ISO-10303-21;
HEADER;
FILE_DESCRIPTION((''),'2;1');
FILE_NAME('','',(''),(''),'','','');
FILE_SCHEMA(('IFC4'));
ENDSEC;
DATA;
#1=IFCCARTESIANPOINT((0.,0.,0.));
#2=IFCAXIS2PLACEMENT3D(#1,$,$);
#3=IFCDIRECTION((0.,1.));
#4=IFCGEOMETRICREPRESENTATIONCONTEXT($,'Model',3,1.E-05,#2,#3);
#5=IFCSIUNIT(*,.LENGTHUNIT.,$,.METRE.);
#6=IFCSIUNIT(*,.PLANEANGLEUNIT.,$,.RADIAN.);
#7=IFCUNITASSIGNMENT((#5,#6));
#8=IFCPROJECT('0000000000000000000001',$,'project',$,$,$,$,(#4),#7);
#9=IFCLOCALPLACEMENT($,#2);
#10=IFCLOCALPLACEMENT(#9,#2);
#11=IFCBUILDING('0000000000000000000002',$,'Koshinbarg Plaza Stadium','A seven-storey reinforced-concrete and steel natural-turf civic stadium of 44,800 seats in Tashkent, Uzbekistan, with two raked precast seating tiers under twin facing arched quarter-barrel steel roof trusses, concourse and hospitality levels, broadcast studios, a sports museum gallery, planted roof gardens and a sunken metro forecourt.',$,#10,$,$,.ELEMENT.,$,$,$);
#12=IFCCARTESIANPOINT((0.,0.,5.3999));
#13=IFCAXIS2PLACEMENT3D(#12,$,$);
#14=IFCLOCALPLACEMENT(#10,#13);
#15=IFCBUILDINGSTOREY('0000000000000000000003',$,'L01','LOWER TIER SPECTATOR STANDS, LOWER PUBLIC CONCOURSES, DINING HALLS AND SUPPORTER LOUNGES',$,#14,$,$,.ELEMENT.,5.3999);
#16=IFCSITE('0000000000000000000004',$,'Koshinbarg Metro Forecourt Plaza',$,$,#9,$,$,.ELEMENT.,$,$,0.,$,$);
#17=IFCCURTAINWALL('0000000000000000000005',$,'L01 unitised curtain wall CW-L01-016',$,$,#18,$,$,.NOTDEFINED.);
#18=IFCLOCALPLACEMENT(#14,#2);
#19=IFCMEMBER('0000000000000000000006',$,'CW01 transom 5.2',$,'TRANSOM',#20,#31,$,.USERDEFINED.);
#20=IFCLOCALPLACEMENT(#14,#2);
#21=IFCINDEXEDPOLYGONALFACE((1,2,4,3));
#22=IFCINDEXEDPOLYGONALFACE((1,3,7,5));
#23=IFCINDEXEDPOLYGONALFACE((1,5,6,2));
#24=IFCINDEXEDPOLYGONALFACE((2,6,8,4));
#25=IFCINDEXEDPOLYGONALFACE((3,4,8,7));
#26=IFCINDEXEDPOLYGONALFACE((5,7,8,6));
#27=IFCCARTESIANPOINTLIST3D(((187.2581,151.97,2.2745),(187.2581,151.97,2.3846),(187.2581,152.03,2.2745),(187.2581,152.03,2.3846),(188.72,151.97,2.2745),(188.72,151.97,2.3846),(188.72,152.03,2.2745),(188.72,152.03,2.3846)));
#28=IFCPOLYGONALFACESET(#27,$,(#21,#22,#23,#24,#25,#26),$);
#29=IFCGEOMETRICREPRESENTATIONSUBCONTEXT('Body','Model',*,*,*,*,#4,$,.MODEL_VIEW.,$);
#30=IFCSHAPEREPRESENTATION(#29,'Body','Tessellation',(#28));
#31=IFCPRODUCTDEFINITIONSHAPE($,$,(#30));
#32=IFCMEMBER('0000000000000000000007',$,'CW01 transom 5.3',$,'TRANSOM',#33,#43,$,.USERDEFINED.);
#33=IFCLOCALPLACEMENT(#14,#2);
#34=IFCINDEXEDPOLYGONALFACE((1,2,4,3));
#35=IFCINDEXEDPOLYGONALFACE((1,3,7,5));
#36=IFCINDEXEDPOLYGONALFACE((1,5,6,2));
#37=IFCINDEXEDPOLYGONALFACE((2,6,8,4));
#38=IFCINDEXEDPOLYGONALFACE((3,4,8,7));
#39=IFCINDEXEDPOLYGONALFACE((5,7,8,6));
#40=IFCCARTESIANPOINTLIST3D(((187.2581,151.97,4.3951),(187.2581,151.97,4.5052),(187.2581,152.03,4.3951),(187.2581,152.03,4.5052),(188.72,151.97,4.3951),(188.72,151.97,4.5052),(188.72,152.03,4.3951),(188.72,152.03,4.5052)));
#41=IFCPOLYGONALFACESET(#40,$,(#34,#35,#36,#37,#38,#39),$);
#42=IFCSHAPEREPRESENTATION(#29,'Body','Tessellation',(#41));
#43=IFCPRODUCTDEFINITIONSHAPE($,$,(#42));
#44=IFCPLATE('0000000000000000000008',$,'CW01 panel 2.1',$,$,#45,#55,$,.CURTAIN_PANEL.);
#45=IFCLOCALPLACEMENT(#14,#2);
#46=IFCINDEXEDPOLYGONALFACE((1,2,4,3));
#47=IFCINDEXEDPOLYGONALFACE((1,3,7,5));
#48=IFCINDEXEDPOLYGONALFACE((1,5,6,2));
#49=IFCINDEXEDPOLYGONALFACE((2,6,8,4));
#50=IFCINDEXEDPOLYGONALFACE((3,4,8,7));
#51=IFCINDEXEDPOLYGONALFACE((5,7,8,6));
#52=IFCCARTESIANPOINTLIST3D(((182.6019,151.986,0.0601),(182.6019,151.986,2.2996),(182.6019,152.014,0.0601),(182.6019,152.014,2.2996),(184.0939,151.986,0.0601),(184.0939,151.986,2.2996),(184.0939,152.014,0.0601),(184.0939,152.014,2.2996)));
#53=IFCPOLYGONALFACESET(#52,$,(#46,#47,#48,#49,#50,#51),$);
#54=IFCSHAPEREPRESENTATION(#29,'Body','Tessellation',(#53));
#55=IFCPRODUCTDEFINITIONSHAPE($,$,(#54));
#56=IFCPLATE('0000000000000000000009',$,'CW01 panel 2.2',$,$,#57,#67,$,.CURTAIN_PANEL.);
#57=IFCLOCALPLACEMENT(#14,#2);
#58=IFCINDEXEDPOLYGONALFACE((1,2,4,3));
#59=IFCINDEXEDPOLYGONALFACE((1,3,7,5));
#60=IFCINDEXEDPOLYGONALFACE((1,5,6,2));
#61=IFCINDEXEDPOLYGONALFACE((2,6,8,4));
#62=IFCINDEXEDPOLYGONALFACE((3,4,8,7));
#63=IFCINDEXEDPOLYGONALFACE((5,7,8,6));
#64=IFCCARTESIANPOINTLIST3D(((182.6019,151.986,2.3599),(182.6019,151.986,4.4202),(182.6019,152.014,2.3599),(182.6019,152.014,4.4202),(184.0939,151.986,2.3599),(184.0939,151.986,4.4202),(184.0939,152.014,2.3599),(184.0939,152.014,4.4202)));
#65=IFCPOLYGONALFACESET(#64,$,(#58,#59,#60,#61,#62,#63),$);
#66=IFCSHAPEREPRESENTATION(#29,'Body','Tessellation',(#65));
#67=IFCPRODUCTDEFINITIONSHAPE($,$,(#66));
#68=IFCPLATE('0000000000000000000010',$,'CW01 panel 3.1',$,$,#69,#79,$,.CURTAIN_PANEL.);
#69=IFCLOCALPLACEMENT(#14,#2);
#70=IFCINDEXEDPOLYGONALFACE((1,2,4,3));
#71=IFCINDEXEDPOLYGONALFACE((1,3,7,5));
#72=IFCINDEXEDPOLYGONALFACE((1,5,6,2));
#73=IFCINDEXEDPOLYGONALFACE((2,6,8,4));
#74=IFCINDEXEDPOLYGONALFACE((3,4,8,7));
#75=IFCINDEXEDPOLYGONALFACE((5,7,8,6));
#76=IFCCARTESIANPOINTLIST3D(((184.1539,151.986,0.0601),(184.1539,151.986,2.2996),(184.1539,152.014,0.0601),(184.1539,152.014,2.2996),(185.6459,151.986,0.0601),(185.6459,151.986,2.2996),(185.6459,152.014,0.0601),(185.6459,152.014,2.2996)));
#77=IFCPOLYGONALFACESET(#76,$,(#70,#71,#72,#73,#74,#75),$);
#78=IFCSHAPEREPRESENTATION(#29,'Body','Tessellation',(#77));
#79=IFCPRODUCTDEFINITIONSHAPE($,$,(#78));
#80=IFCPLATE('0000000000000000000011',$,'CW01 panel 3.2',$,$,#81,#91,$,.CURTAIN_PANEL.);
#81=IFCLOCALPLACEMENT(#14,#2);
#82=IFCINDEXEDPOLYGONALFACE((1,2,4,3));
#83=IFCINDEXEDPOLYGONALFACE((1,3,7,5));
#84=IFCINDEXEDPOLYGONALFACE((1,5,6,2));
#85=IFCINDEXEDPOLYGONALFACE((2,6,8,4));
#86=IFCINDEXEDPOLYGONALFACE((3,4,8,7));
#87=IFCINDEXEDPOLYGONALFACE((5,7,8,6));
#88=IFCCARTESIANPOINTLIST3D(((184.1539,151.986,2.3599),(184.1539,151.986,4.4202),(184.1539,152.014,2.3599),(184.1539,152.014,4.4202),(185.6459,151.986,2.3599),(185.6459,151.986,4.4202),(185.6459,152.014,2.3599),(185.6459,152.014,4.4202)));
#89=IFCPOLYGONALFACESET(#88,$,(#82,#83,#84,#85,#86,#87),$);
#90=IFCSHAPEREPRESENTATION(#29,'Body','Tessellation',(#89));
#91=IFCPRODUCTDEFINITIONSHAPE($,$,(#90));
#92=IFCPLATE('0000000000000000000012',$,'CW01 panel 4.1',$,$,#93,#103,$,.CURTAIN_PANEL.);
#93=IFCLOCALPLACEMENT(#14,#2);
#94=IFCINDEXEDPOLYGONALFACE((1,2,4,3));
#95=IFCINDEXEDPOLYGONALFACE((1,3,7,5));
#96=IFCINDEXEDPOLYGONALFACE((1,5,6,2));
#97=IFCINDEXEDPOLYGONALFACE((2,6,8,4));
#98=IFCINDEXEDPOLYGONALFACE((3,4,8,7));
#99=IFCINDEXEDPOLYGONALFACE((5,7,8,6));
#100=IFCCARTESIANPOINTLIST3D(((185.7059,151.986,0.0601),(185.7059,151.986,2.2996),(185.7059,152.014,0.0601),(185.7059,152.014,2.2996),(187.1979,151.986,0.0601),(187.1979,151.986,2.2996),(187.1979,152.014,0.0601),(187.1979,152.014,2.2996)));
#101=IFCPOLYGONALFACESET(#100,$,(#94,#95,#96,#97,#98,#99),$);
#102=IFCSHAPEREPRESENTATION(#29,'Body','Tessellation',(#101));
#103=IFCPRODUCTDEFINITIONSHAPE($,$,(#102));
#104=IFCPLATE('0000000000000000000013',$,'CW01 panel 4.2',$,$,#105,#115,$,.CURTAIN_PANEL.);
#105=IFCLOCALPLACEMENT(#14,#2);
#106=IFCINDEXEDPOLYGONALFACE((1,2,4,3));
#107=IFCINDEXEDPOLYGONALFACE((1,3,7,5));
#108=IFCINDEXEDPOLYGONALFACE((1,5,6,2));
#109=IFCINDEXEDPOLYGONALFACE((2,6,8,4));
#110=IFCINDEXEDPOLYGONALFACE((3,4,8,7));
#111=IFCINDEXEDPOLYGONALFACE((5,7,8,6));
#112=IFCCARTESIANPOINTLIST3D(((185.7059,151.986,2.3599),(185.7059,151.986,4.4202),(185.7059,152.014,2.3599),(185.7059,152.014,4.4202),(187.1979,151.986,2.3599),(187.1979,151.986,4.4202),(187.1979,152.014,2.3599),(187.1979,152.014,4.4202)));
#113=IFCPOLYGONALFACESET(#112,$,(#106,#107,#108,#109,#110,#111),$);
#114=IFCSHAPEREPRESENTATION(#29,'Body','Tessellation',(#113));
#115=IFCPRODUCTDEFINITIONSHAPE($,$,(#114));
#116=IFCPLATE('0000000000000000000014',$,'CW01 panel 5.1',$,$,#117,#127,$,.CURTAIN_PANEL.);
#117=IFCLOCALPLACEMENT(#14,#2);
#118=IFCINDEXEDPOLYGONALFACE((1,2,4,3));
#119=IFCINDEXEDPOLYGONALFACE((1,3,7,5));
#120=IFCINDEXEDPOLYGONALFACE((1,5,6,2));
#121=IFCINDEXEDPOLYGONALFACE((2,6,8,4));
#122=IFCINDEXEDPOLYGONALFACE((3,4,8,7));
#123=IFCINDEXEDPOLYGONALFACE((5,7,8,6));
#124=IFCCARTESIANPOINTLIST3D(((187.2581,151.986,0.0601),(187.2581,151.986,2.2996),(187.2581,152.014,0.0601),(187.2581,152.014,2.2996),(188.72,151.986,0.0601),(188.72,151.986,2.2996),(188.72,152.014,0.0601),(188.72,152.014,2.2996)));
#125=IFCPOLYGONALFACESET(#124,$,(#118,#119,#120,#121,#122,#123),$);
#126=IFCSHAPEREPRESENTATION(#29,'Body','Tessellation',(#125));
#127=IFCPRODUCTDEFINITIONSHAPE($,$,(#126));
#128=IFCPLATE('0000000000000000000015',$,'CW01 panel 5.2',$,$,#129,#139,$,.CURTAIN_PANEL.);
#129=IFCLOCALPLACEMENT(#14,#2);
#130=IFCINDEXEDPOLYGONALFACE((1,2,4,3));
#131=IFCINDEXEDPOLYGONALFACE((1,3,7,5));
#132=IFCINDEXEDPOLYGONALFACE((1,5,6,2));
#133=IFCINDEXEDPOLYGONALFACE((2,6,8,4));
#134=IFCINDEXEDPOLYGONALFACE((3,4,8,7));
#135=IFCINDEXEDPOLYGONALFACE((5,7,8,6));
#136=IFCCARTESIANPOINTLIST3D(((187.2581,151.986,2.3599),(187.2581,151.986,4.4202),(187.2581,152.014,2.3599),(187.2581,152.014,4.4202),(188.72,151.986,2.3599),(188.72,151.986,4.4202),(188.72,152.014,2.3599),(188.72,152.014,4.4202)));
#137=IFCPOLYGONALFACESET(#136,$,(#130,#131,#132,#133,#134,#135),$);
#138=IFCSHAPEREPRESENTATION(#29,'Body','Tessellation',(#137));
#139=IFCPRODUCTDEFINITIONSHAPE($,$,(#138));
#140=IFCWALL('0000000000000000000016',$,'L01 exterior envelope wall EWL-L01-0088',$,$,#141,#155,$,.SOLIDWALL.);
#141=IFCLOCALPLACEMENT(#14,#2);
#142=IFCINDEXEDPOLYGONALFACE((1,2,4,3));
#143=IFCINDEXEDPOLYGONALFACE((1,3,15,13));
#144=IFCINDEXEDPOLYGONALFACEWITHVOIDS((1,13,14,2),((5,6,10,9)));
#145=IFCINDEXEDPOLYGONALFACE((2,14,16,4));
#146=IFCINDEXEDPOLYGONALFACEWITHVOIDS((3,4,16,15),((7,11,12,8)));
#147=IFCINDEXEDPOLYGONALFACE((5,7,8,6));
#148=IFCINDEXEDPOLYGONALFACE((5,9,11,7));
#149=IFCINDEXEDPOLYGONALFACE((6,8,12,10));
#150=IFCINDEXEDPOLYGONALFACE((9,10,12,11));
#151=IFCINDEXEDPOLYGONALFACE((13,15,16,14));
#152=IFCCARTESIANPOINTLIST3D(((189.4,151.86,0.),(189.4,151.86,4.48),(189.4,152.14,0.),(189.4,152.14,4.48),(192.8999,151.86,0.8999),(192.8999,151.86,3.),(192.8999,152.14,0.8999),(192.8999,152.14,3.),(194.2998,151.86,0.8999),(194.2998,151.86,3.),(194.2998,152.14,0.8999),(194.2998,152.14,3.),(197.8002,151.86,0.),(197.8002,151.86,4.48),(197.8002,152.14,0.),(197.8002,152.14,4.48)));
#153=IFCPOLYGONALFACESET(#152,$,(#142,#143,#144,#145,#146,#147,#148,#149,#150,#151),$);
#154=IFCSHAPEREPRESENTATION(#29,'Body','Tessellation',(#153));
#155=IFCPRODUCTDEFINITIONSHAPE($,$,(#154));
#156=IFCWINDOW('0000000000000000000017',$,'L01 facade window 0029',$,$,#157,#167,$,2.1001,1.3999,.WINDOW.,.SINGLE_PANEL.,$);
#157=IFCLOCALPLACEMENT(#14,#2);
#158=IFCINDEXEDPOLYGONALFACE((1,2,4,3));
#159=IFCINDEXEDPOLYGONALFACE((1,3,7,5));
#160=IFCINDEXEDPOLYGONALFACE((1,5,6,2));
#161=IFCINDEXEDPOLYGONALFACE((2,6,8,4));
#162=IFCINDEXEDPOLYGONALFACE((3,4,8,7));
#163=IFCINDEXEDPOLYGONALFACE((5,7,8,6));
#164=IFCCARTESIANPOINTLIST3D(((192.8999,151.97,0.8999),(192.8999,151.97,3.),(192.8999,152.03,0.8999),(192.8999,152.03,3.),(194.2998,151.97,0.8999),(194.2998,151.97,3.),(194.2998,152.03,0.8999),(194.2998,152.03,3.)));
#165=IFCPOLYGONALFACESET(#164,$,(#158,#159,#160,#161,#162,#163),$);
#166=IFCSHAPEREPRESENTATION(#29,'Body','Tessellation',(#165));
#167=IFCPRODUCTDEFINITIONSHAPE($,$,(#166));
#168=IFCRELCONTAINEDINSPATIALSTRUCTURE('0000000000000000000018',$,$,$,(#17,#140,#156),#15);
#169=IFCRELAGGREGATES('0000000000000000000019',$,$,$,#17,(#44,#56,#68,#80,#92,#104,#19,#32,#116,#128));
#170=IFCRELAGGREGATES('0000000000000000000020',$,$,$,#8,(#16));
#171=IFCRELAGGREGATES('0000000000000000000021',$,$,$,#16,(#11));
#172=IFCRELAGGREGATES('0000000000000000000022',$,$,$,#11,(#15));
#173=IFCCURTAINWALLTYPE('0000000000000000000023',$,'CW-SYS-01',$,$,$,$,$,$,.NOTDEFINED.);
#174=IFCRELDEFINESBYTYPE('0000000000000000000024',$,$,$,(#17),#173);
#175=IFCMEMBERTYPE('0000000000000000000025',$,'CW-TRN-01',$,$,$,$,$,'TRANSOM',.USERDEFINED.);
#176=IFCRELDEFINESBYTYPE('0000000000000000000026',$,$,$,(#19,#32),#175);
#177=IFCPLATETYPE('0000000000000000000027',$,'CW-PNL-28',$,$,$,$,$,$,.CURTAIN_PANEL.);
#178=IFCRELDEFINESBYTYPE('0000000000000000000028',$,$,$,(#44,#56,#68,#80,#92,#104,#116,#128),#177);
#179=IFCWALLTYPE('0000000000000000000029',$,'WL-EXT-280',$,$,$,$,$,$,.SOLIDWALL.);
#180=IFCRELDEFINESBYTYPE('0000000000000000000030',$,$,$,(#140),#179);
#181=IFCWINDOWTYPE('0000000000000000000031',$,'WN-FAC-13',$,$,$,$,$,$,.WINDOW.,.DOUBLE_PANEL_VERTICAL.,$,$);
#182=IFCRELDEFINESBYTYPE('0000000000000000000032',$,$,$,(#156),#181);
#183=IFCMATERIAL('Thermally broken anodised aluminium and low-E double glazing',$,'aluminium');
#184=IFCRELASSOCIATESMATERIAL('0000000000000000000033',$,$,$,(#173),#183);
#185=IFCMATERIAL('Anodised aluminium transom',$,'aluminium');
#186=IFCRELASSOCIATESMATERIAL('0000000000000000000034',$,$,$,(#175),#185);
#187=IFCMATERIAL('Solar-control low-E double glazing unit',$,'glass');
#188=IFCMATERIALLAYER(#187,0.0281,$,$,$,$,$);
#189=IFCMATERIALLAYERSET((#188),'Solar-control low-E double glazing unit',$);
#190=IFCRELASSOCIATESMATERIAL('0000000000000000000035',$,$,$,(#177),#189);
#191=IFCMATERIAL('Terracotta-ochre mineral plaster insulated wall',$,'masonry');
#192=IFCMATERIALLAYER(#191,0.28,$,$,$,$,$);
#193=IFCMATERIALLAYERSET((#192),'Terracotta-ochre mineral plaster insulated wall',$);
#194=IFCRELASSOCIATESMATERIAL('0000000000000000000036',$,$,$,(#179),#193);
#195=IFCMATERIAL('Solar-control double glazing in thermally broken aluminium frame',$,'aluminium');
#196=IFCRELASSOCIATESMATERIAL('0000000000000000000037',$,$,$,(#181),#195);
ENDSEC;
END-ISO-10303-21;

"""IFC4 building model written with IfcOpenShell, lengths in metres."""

from ifc_helpers import new_model, si_unit, direction, frame, frame_2d, origin, origin_2d, place, context, subcontext, project, spatial, rectangle, extrude, material, layer, layer_set, material_profile, profile_set, type_object, element, fill, aggregate, save


model = new_model("IFC4")

# Units and contexts
model_context = context("Model", 3, precision=1e-05, world=origin(), true_north=direction((0.0, 1.0)))
body_context = subcontext(model_context, "Body", "Model", "MODEL_VIEW")
ifc_project = project(units=[si_unit("LENGTHUNIT", "METRE"), si_unit("PLANEANGLEUNIT", "RADIAN")], contexts=[model_context])

# Site, building, storey
site_placement = place(None, origin())
site = spatial("IfcSite", under=ifc_project, at=site_placement, Name="Koshinbarg Metro Forecourt Plaza", CompositionType="ELEMENT", RefElevation=0.0)
building_placement = place(site_placement, origin())
building = spatial("IfcBuilding", under=site, at=building_placement, Name="Koshinbarg Plaza Stadium", Description="A seven-storey reinforced-concrete and steel natural-turf civic stadium of 44,800 seats in Tashkent, Uzbekistan, with two raked precast seating tiers under twin facing arched quarter-barrel steel roof trusses, concourse and hospitality levels, broadcast studios, a sports museum gallery, planted roof gardens and a sunken metro forecourt.", CompositionType="ELEMENT")
storey_placement = place(building_placement, frame((0.0, 0.0, 5.3999)))
storey = spatial("IfcBuildingStorey", under=building, at=storey_placement, Name="L01", Description="LOWER TIER SPECTATOR STANDS, LOWER PUBLIC CONCOURSES, DINING HALLS AND SUPPORTER LOUNGES", CompositionType="ELEMENT", Elevation=5.3999)

# Curtain wall, members, plates
ifc_material_1 = material(Name="Thermally broken anodised aluminium and low-E double glazing", Category="aluminium")
curtain_wall_type = type_object("IfcCurtainWallType", Name="CW-SYS-01", PredefinedType="NOTDEFINED", material=ifc_material_1)
curtain_wall_placement = place(storey_placement, origin())
curtain_wall = element("IfcCurtainWall", 1, at=curtain_wall_placement, inside=storey, type_object=curtain_wall_type, Name="L01 unitised curtain wall CW-L01-016", PredefinedType="NOTDEFINED")
ifc_material_2 = material(Name="Anodised aluminium transom", Category="aluminium")
ifc_material_profile_1 = material_profile(ifc_material_2, rectangle(XDim=0.0601, YDim=0.1101, at=origin_2d()), Name="ALU 60x110")
ifc_profile_set_1 = profile_set([ifc_material_profile_1], Name="Anodised aluminium transom")
member_type_1 = type_object("IfcMemberType", Name="CW-TRN-01", ElementType="TRANSOM", PredefinedType="USERDEFINED", material=ifc_profile_set_1)
member_1_placement = place(storey_placement, frame((187.2581, 152.0, 2.3296), z_axis=(1.0, 0.0, 0.0), x_axis=(0.0, 1.0, 0.0)))
member_1 = element("IfcMember", 2, at=member_1_placement, type_object=member_type_1, Name="CW01 transom 5.2", ObjectType="TRANSOM", PredefinedType="USERDEFINED", context=body_context, shape_type="SweptSolid", body=[
    extrude(rectangle(XDim=0.0601, YDim=0.1101, at=origin_2d()), origin(), (0.0, 0.0, 1.0), 1.4619),
])
member_2_placement = place(storey_placement, frame((187.2581, 152.0, 4.4502), z_axis=(1.0, 0.0, 0.0), x_axis=(0.0, 1.0, 0.0)))
member_2 = element("IfcMember", 3, at=member_2_placement, type_object=member_type_1, Name="CW01 transom 5.3", ObjectType="TRANSOM", PredefinedType="USERDEFINED", context=body_context, shape_type="SweptSolid", body=[
    extrude(rectangle(XDim=0.0601, YDim=0.1101, at=origin_2d()), origin(), (0.0, 0.0, 1.0), 1.4619),
])
ifc_material_3 = material(Name="Solar-control low-E double glazing unit", Category="glass")
ifc_layer_1 = layer(ifc_material_3, 0.0281)
ifc_layer_set_1 = layer_set([ifc_layer_1], Name="Solar-control low-E double glazing unit")
plate_type = type_object("IfcPlateType", Name="CW-PNL-28", PredefinedType="CURTAIN_PANEL", material=ifc_layer_set_1)
plate_1_placement = place(storey_placement, frame((183.3479, 152.0, 0.0601), z_axis=(0.0, 0.0, 1.0), x_axis=(1.0, 0.0, 0.0)))
plate_1 = element("IfcPlate", 4, at=plate_1_placement, type_object=plate_type, Name="CW01 panel 2.1", PredefinedType="CURTAIN_PANEL", context=body_context, shape_type="SweptSolid", body=[
    extrude(rectangle(XDim=1.4919, YDim=0.0281, at=origin_2d()), origin(), (0.0, 0.0, 1.0), 2.2395),
])
plate_2_placement = place(storey_placement, frame((183.3479, 152.0, 2.3599), z_axis=(0.0, 0.0, 1.0), x_axis=(1.0, 0.0, 0.0)))
plate_2 = element("IfcPlate", 5, at=plate_2_placement, type_object=plate_type, Name="CW01 panel 2.2", PredefinedType="CURTAIN_PANEL", context=body_context, shape_type="SweptSolid", body=[
    extrude(rectangle(XDim=1.4919, YDim=0.0281, at=origin_2d()), origin(), (0.0, 0.0, 1.0), 2.0603),
])
plate_3_placement = place(storey_placement, frame((184.8999, 152.0, 0.0601), z_axis=(0.0, 0.0, 1.0), x_axis=(1.0, 0.0, 0.0)))
plate_3 = element("IfcPlate", 6, at=plate_3_placement, type_object=plate_type, Name="CW01 panel 3.1", PredefinedType="CURTAIN_PANEL", context=body_context, shape_type="SweptSolid", body=[
    extrude(rectangle(XDim=1.4919, YDim=0.0281, at=origin_2d()), origin(), (0.0, 0.0, 1.0), 2.2395),
])
plate_4_placement = place(storey_placement, frame((184.8999, 152.0, 2.3599), z_axis=(0.0, 0.0, 1.0), x_axis=(1.0, 0.0, 0.0)))
plate_4 = element("IfcPlate", 7, at=plate_4_placement, type_object=plate_type, Name="CW01 panel 3.2", PredefinedType="CURTAIN_PANEL", context=body_context, shape_type="SweptSolid", body=[
    extrude(rectangle(XDim=1.4919, YDim=0.0281, at=origin_2d()), origin(), (0.0, 0.0, 1.0), 2.0603),
])
plate_5_placement = place(storey_placement, frame((186.4519, 152.0, 0.0601), z_axis=(0.0, 0.0, 1.0), x_axis=(1.0, 0.0, 0.0)))
plate_5 = element("IfcPlate", 8, at=plate_5_placement, type_object=plate_type, Name="CW01 panel 4.1", PredefinedType="CURTAIN_PANEL", context=body_context, shape_type="SweptSolid", body=[
    extrude(rectangle(XDim=1.4919, YDim=0.0281, at=origin_2d()), origin(), (0.0, 0.0, 1.0), 2.2395),
])
plate_6_placement = place(storey_placement, frame((186.4519, 152.0, 2.3599), z_axis=(0.0, 0.0, 1.0), x_axis=(1.0, 0.0, 0.0)))
plate_6 = element("IfcPlate", 9, at=plate_6_placement, type_object=plate_type, Name="CW01 panel 4.2", PredefinedType="CURTAIN_PANEL", context=body_context, shape_type="SweptSolid", body=[
    extrude(rectangle(XDim=1.4919, YDim=0.0281, at=origin_2d()), origin(), (0.0, 0.0, 1.0), 2.0603),
])
plate_7_placement = place(storey_placement, frame((187.989, 152.0, 0.0601), z_axis=(0.0, 0.0, 1.0), x_axis=(1.0, 0.0, 0.0)))
plate_7 = element("IfcPlate", 10, at=plate_7_placement, type_object=plate_type, Name="CW01 panel 5.1", PredefinedType="CURTAIN_PANEL", context=body_context, shape_type="SweptSolid", body=[
    extrude(rectangle(XDim=1.4619, YDim=0.0281, at=origin_2d()), origin(), (0.0, 0.0, 1.0), 2.2395),
])
plate_8_placement = place(storey_placement, frame((187.989, 152.0, 2.3599), z_axis=(0.0, 0.0, 1.0), x_axis=(1.0, 0.0, 0.0)))
plate_8 = element("IfcPlate", 11, at=plate_8_placement, type_object=plate_type, Name="CW01 panel 5.2", PredefinedType="CURTAIN_PANEL", context=body_context, shape_type="SweptSolid", body=[
    extrude(rectangle(XDim=1.4619, YDim=0.0281, at=origin_2d()), origin(), (0.0, 0.0, 1.0), 2.0603),
])
aggregate(curtain_wall, [plate_1, plate_2, plate_3, plate_4, plate_5, plate_6, member_1, member_2, plate_7, plate_8])

# Wall, opening, window
ifc_material_4 = material(Name="Terracotta-ochre mineral plaster insulated wall", Category="masonry")
ifc_layer_2 = layer(ifc_material_4, 0.28)
ifc_layer_set_2 = layer_set([ifc_layer_2], Name="Terracotta-ochre mineral plaster insulated wall")
wall_type = type_object("IfcWallType", Name="WL-EXT-280", PredefinedType="SOLIDWALL", material=ifc_layer_set_2)
wall_placement = place(storey_placement, frame((189.3999, 152.0, 0.0), z_axis=(0.0, 0.0, 1.0), x_axis=(1.0, 0.0, 0.0)))
wall = element("IfcWall", 12, at=wall_placement, inside=storey, type_object=wall_type, Name="L01 exterior envelope wall EWL-L01-0088", PredefinedType="SOLIDWALL", context=body_context, shape_type="SweptSolid", body=[
    extrude(rectangle(XDim=8.4001, YDim=0.28, at=frame_2d((4.2002, 0.0))), origin(), (0.0, 0.0, 1.0), 4.48),
])
opening_placement = place(wall_placement, frame((3.5, 0.0, 0.8999)))
opening = element("IfcOpeningElement", 13, at=opening_placement, cuts=wall, PredefinedType="OPENING", context=body_context, shape_type="SweptSolid", body=[
    extrude(rectangle(XDim=1.3999, YDim=2.1001, at=frame_2d((0.7, 1.05))), frame((0.0, 0.1499, 0.0), z_axis=(0.0, -1.0, 0.0), x_axis=(1.0, 0.0, 0.0)), (0.0, 0.0, 1.0), 0.3),
])
ifc_material_5 = material(Name="Solar-control double glazing in thermally broken aluminium frame", Category="aluminium")
window_type = type_object("IfcWindowType", Name="WN-FAC-13", PartitioningType="DOUBLE_PANEL_VERTICAL", PredefinedType="WINDOW", material=ifc_material_5)
window_placement = place(opening_placement, origin())
window = element("IfcWindow", 14, at=window_placement, inside=storey, type_object=window_type, Name="L01 facade window 0029", OverallHeight=2.1001, OverallWidth=1.3999, PartitioningType="SINGLE_PANEL", PredefinedType="WINDOW", context=body_context, shape_type="SweptSolid", body=[
    extrude(rectangle(XDim=1.3999, YDim=2.1001, at=frame_2d((0.7, 1.05))), frame((0.0, 0.03, 0.0), z_axis=(0.0, -1.0, 0.0), x_axis=(1.0, 0.0, 0.0)), (0.0, 0.0, 1.0), 0.0601),
])
fill(opening, window)

save(model, "model.ifc")
